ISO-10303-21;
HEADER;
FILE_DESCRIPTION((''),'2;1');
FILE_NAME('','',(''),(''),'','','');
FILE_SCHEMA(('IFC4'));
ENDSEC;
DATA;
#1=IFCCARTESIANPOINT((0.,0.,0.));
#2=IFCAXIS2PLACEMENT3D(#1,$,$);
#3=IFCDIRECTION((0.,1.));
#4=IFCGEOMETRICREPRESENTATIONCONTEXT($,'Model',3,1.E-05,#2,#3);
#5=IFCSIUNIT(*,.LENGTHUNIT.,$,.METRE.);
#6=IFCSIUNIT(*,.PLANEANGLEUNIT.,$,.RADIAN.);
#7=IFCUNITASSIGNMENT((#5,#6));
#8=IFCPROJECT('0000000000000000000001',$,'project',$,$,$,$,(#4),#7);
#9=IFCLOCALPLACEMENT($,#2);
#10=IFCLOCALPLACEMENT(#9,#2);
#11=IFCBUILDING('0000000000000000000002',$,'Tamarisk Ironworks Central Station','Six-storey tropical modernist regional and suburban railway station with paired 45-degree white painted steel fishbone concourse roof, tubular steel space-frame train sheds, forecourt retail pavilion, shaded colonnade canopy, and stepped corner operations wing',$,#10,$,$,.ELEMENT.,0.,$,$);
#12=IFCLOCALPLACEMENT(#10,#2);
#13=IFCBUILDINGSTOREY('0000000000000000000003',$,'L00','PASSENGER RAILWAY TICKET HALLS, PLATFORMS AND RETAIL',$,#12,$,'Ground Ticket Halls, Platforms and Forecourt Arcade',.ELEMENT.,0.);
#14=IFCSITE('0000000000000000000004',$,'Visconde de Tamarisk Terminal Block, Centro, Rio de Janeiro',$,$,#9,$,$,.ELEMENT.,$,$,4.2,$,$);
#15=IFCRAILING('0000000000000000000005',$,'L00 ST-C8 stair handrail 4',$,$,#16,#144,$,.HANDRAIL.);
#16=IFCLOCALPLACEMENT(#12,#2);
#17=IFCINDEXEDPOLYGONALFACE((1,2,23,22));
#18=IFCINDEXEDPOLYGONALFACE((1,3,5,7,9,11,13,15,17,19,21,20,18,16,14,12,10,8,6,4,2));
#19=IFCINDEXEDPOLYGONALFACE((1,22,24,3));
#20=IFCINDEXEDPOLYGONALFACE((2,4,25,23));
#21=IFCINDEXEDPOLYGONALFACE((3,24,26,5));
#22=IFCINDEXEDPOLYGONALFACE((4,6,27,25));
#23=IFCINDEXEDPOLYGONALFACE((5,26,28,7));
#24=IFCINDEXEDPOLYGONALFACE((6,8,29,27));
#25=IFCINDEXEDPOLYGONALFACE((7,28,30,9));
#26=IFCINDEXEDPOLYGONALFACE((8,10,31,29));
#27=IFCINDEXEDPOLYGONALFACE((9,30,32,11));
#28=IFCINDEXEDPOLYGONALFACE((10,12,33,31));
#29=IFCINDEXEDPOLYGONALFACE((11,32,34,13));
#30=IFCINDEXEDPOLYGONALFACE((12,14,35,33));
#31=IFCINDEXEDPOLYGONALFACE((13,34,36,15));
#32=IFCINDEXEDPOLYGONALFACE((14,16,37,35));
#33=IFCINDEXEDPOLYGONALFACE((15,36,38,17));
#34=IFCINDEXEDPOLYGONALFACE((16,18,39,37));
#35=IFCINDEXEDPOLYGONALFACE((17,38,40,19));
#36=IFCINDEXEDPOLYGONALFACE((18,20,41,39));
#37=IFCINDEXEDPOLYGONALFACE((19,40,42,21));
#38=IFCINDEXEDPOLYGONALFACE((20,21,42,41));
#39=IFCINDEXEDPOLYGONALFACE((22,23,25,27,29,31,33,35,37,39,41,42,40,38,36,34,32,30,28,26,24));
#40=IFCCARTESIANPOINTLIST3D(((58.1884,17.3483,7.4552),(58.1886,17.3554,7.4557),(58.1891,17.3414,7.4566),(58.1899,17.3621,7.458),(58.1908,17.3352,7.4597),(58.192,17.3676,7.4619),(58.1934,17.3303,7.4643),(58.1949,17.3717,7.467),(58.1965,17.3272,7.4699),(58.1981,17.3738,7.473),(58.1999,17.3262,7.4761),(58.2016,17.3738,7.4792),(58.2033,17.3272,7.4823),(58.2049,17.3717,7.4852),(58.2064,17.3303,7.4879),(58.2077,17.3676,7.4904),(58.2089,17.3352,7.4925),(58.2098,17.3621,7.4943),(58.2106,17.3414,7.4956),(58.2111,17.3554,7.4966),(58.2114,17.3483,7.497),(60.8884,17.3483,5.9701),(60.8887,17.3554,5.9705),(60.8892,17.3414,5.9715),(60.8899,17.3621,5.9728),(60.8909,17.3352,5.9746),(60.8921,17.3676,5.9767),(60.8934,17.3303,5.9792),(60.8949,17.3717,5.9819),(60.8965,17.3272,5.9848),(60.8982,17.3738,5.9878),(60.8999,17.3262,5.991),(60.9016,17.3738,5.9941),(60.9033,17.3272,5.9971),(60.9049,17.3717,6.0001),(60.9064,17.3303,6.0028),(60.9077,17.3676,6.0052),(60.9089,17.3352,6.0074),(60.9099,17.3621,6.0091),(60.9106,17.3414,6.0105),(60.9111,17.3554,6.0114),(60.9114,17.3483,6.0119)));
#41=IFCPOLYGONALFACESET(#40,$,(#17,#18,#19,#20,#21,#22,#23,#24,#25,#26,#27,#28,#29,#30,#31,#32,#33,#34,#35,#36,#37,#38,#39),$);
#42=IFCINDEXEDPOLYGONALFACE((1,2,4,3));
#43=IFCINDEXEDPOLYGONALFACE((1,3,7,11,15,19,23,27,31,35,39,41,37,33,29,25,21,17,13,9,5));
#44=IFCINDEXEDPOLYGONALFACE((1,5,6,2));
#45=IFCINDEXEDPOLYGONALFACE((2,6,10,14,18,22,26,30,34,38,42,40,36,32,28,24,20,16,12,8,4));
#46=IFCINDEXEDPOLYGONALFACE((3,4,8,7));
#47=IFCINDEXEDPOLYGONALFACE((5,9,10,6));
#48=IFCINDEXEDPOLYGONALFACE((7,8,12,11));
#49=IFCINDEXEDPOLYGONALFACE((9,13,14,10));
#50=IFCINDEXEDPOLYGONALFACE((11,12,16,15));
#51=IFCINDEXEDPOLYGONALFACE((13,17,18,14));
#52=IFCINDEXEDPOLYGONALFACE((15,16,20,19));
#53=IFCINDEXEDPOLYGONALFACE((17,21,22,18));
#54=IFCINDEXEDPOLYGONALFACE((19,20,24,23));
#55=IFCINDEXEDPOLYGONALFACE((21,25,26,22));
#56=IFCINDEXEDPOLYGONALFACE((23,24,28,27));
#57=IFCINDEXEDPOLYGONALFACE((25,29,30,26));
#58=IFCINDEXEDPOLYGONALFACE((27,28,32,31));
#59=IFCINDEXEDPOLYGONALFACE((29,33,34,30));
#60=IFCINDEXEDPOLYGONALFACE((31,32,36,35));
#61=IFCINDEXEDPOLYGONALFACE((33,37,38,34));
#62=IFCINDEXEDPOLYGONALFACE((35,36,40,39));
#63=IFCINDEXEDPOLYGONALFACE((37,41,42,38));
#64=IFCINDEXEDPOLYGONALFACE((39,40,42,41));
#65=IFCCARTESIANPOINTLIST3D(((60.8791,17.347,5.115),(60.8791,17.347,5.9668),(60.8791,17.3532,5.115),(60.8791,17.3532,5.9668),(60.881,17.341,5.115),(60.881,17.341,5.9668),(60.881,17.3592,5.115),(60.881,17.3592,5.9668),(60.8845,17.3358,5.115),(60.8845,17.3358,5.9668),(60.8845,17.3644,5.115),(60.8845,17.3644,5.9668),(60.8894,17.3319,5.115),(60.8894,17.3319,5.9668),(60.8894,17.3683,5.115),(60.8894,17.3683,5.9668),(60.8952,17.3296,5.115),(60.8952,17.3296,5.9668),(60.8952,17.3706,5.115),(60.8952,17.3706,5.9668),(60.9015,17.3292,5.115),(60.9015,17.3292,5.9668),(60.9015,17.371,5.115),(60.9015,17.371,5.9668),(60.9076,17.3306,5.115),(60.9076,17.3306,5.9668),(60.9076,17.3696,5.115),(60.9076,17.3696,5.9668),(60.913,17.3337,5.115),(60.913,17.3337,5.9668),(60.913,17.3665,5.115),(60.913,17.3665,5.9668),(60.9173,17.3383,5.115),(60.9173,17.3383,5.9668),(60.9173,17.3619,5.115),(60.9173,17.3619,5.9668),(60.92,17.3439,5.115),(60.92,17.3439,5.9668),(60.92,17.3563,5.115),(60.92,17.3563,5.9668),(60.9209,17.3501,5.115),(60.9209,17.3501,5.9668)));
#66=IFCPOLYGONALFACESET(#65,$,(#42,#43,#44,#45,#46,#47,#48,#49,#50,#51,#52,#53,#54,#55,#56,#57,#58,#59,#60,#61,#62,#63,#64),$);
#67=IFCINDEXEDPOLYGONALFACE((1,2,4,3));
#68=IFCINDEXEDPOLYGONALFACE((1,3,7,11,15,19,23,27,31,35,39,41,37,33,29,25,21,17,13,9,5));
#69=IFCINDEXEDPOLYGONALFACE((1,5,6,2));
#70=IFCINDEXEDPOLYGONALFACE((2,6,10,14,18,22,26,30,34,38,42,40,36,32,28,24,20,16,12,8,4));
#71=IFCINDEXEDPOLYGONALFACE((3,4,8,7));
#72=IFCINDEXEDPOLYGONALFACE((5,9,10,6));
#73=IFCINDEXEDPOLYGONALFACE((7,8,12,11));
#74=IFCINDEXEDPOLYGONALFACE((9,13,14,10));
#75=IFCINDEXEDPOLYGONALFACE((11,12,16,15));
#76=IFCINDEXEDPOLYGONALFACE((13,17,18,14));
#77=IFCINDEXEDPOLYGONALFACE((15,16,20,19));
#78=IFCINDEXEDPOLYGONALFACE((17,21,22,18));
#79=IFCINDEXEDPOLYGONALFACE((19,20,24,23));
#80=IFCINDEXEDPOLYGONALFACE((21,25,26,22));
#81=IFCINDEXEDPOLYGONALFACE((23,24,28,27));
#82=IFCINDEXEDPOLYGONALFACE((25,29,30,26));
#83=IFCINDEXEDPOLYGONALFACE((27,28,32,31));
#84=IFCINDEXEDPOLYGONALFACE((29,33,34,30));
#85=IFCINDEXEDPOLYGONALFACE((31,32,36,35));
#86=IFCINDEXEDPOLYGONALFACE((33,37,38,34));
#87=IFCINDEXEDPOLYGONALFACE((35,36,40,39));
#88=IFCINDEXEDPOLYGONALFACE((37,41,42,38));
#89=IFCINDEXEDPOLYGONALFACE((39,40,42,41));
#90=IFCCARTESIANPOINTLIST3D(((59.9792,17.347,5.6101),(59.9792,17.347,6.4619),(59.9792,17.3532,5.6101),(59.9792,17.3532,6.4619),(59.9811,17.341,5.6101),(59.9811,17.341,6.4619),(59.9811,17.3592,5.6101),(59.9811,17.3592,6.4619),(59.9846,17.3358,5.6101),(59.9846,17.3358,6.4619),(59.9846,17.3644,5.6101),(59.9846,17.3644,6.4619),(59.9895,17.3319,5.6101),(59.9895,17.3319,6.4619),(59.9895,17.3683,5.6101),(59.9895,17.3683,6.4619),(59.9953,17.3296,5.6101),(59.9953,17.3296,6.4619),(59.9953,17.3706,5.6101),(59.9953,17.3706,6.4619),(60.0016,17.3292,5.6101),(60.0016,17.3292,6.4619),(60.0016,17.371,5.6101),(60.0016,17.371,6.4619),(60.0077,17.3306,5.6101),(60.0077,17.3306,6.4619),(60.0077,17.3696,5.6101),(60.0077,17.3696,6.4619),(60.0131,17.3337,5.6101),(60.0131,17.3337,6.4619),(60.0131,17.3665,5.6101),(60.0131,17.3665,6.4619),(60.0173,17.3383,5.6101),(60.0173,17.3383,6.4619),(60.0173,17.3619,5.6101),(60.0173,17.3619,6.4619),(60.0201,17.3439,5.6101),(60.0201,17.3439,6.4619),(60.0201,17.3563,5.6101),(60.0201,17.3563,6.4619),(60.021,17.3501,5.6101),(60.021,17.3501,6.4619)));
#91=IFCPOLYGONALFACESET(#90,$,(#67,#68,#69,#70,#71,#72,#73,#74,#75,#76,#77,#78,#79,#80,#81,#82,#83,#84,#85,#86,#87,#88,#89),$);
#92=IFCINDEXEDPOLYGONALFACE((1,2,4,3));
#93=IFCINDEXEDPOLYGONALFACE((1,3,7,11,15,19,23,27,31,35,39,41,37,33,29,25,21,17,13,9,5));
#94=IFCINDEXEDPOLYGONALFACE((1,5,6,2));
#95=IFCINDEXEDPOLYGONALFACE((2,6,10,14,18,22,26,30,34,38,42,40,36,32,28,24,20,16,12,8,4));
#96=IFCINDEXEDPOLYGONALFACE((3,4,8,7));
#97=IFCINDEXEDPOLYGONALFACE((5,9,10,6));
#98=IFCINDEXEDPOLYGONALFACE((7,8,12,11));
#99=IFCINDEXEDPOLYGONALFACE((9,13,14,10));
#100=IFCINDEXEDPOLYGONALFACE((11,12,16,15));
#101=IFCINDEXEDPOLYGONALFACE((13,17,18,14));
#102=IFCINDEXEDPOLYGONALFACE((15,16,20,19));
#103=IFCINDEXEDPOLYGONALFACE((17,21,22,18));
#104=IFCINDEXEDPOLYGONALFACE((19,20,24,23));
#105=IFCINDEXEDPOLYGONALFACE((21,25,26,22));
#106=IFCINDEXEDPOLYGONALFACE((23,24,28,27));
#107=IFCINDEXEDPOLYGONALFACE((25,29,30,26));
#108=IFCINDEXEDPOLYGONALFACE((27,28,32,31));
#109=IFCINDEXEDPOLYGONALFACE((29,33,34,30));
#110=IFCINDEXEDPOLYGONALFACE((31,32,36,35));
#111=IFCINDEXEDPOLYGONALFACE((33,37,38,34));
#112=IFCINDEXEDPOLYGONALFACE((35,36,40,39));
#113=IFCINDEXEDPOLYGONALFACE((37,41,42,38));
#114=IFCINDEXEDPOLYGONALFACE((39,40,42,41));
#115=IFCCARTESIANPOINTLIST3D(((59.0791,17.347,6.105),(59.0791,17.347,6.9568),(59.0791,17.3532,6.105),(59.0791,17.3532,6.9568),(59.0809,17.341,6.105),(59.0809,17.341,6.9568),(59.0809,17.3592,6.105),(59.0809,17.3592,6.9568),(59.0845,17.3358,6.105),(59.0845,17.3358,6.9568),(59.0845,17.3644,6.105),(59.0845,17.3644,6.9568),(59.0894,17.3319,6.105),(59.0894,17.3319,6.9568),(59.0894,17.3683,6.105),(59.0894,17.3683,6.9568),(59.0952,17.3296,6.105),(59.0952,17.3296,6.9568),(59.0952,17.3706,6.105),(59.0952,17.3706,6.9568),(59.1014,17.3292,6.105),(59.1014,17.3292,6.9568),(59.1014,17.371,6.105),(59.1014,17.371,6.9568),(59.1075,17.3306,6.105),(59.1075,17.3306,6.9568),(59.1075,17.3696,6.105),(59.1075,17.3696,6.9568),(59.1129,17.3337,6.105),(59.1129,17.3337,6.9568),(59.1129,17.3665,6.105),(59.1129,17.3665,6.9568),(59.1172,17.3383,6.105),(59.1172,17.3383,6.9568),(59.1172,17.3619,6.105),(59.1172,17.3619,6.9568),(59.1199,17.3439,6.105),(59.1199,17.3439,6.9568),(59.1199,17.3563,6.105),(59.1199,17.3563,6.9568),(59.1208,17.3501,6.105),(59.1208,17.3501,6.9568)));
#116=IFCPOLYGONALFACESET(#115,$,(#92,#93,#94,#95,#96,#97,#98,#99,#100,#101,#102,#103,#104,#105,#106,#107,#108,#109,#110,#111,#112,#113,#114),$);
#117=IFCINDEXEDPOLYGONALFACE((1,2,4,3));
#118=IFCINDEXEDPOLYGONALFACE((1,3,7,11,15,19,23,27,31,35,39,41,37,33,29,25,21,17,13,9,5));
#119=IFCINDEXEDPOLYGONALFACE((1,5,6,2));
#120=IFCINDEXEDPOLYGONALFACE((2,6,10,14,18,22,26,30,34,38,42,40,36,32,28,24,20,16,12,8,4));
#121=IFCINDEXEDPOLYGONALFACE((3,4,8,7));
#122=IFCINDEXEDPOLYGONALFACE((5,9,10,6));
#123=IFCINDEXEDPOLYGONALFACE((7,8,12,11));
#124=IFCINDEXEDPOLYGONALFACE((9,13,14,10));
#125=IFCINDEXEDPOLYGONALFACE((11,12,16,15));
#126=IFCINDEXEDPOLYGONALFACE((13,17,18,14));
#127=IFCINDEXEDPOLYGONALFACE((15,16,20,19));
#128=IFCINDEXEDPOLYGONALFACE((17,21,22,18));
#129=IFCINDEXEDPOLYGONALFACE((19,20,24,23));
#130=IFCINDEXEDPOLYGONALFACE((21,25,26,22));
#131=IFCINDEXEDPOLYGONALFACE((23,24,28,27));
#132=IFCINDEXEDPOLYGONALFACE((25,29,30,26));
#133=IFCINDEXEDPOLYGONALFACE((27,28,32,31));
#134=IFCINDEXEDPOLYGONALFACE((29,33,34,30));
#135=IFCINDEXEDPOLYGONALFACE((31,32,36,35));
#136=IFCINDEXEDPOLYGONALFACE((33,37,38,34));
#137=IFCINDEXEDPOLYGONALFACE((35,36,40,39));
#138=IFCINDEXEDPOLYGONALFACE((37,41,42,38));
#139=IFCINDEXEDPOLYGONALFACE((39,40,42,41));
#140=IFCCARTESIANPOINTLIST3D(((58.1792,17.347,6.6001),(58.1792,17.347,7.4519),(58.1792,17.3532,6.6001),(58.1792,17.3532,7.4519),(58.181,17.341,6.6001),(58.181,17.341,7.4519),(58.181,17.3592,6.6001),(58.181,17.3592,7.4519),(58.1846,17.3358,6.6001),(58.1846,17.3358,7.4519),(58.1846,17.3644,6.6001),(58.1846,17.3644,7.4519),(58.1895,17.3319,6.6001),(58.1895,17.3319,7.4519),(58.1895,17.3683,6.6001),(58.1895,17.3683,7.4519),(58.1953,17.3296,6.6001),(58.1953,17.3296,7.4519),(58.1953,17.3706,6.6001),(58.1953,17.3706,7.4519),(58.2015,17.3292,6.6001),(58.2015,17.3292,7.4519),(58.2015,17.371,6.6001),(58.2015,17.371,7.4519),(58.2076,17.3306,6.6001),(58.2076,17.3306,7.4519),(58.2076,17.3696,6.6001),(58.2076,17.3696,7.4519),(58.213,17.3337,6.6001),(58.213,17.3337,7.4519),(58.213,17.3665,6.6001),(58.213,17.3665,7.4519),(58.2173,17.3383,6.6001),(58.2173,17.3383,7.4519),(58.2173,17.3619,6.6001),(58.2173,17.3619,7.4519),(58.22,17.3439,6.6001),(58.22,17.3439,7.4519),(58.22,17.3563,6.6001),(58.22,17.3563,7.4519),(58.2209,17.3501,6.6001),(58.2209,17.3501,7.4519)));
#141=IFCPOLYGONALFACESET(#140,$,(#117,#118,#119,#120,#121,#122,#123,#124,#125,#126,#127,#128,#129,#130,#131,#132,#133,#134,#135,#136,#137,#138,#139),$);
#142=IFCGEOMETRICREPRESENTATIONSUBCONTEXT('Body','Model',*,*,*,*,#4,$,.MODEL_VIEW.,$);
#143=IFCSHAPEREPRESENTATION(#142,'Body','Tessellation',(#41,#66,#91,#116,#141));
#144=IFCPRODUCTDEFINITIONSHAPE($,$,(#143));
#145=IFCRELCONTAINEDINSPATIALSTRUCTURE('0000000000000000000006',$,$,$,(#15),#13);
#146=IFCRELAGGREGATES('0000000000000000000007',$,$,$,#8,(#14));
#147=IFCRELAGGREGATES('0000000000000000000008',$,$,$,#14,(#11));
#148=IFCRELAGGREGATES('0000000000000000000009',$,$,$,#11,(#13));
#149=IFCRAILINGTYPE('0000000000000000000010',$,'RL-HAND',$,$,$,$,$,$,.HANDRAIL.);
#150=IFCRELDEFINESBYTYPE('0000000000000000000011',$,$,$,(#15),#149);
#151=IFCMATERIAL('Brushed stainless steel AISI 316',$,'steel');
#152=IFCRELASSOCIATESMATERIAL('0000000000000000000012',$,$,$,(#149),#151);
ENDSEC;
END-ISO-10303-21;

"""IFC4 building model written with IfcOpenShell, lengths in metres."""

from ifc_helpers import new_model, si_unit, direction, frame, origin, origin_2d, place, context, subcontext, project, spatial, circle, extrude, material, type_object, element, save


model = new_model("IFC4")

# Units and contexts
model_context = context("Model", 3, precision=1e-05, world=origin(), true_north=direction((0.0, 1.0)))
body_context = subcontext(model_context, "Body", "Model", "MODEL_VIEW")
ifc_project = project(units=[si_unit("LENGTHUNIT", "METRE"), si_unit("PLANEANGLEUNIT", "RADIAN")], contexts=[model_context])

# Site, building, storey
site_placement = place(None, origin())
site = spatial("IfcSite", under=ifc_project, at=site_placement, Name="Visconde de Tamarisk Terminal Block, Centro, Rio de Janeiro", CompositionType="ELEMENT", RefElevation=4.2)
building_placement = place(site_placement, origin())
building = spatial("IfcBuilding", under=site, at=building_placement, Name="Tamarisk Ironworks Central Station", Description="Six-storey tropical modernist regional and suburban railway station with paired 45-degree white painted steel fishbone concourse roof, tubular steel space-frame train sheds, forecourt retail pavilion, shaded colonnade canopy, and stepped corner operations wing", CompositionType="ELEMENT", ElevationOfRefHeight=0.0)
storey_placement = place(building_placement, origin())
storey = spatial("IfcBuildingStorey", under=building, at=storey_placement, Name="L00", Description="PASSENGER RAILWAY TICKET HALLS, PLATFORMS AND RETAIL", LongName="Ground Ticket Halls, Platforms and Forecourt Arcade", CompositionType="ELEMENT", Elevation=0.0)

# Railing
ifc_material_1 = material(Name="Brushed stainless steel AISI 316", Category="steel")
railing_type_1 = type_object("IfcRailingType", Name="RL-HAND", PredefinedType="HANDRAIL", material=ifc_material_1)
railing_1_placement = place(storey_placement, frame((60.8999, 17.3501, 5.115)))
element("IfcRailing", 1, at=railing_1_placement, inside=storey, type_object=railing_type_1, Name="L00 ST-C8 stair handrail 4", PredefinedType="HANDRAIL", context=body_context, shape_type="SweptSolid", body=[
    extrude(circle(Radius=0.0239, at=origin_2d()), frame((0.0, 0.0, 0.876), z_axis=(-0.876198, 0.0, 0.481952), x_axis=(0.0, -1.0, 0.0)), (0.0, 0.0, 1.0), 3.0815),
    extrude(circle(Radius=0.021, at=origin_2d()), origin(), (0.0, 0.0, 1.0), 0.8518),
    extrude(circle(Radius=0.021, at=origin_2d()), frame((-0.8999, 0.0, 0.4951)), (0.0, 0.0, 1.0), 0.8518),
    extrude(circle(Radius=0.021, at=origin_2d()), frame((-1.8, 0.0, 0.99)), (0.0, 0.0, 1.0), 0.8518),
    extrude(circle(Radius=0.021, at=origin_2d()), frame((-2.7, 0.0, 1.4851)), (0.0, 0.0, 1.0), 0.8518),
])

save(model, "model.ifc")
